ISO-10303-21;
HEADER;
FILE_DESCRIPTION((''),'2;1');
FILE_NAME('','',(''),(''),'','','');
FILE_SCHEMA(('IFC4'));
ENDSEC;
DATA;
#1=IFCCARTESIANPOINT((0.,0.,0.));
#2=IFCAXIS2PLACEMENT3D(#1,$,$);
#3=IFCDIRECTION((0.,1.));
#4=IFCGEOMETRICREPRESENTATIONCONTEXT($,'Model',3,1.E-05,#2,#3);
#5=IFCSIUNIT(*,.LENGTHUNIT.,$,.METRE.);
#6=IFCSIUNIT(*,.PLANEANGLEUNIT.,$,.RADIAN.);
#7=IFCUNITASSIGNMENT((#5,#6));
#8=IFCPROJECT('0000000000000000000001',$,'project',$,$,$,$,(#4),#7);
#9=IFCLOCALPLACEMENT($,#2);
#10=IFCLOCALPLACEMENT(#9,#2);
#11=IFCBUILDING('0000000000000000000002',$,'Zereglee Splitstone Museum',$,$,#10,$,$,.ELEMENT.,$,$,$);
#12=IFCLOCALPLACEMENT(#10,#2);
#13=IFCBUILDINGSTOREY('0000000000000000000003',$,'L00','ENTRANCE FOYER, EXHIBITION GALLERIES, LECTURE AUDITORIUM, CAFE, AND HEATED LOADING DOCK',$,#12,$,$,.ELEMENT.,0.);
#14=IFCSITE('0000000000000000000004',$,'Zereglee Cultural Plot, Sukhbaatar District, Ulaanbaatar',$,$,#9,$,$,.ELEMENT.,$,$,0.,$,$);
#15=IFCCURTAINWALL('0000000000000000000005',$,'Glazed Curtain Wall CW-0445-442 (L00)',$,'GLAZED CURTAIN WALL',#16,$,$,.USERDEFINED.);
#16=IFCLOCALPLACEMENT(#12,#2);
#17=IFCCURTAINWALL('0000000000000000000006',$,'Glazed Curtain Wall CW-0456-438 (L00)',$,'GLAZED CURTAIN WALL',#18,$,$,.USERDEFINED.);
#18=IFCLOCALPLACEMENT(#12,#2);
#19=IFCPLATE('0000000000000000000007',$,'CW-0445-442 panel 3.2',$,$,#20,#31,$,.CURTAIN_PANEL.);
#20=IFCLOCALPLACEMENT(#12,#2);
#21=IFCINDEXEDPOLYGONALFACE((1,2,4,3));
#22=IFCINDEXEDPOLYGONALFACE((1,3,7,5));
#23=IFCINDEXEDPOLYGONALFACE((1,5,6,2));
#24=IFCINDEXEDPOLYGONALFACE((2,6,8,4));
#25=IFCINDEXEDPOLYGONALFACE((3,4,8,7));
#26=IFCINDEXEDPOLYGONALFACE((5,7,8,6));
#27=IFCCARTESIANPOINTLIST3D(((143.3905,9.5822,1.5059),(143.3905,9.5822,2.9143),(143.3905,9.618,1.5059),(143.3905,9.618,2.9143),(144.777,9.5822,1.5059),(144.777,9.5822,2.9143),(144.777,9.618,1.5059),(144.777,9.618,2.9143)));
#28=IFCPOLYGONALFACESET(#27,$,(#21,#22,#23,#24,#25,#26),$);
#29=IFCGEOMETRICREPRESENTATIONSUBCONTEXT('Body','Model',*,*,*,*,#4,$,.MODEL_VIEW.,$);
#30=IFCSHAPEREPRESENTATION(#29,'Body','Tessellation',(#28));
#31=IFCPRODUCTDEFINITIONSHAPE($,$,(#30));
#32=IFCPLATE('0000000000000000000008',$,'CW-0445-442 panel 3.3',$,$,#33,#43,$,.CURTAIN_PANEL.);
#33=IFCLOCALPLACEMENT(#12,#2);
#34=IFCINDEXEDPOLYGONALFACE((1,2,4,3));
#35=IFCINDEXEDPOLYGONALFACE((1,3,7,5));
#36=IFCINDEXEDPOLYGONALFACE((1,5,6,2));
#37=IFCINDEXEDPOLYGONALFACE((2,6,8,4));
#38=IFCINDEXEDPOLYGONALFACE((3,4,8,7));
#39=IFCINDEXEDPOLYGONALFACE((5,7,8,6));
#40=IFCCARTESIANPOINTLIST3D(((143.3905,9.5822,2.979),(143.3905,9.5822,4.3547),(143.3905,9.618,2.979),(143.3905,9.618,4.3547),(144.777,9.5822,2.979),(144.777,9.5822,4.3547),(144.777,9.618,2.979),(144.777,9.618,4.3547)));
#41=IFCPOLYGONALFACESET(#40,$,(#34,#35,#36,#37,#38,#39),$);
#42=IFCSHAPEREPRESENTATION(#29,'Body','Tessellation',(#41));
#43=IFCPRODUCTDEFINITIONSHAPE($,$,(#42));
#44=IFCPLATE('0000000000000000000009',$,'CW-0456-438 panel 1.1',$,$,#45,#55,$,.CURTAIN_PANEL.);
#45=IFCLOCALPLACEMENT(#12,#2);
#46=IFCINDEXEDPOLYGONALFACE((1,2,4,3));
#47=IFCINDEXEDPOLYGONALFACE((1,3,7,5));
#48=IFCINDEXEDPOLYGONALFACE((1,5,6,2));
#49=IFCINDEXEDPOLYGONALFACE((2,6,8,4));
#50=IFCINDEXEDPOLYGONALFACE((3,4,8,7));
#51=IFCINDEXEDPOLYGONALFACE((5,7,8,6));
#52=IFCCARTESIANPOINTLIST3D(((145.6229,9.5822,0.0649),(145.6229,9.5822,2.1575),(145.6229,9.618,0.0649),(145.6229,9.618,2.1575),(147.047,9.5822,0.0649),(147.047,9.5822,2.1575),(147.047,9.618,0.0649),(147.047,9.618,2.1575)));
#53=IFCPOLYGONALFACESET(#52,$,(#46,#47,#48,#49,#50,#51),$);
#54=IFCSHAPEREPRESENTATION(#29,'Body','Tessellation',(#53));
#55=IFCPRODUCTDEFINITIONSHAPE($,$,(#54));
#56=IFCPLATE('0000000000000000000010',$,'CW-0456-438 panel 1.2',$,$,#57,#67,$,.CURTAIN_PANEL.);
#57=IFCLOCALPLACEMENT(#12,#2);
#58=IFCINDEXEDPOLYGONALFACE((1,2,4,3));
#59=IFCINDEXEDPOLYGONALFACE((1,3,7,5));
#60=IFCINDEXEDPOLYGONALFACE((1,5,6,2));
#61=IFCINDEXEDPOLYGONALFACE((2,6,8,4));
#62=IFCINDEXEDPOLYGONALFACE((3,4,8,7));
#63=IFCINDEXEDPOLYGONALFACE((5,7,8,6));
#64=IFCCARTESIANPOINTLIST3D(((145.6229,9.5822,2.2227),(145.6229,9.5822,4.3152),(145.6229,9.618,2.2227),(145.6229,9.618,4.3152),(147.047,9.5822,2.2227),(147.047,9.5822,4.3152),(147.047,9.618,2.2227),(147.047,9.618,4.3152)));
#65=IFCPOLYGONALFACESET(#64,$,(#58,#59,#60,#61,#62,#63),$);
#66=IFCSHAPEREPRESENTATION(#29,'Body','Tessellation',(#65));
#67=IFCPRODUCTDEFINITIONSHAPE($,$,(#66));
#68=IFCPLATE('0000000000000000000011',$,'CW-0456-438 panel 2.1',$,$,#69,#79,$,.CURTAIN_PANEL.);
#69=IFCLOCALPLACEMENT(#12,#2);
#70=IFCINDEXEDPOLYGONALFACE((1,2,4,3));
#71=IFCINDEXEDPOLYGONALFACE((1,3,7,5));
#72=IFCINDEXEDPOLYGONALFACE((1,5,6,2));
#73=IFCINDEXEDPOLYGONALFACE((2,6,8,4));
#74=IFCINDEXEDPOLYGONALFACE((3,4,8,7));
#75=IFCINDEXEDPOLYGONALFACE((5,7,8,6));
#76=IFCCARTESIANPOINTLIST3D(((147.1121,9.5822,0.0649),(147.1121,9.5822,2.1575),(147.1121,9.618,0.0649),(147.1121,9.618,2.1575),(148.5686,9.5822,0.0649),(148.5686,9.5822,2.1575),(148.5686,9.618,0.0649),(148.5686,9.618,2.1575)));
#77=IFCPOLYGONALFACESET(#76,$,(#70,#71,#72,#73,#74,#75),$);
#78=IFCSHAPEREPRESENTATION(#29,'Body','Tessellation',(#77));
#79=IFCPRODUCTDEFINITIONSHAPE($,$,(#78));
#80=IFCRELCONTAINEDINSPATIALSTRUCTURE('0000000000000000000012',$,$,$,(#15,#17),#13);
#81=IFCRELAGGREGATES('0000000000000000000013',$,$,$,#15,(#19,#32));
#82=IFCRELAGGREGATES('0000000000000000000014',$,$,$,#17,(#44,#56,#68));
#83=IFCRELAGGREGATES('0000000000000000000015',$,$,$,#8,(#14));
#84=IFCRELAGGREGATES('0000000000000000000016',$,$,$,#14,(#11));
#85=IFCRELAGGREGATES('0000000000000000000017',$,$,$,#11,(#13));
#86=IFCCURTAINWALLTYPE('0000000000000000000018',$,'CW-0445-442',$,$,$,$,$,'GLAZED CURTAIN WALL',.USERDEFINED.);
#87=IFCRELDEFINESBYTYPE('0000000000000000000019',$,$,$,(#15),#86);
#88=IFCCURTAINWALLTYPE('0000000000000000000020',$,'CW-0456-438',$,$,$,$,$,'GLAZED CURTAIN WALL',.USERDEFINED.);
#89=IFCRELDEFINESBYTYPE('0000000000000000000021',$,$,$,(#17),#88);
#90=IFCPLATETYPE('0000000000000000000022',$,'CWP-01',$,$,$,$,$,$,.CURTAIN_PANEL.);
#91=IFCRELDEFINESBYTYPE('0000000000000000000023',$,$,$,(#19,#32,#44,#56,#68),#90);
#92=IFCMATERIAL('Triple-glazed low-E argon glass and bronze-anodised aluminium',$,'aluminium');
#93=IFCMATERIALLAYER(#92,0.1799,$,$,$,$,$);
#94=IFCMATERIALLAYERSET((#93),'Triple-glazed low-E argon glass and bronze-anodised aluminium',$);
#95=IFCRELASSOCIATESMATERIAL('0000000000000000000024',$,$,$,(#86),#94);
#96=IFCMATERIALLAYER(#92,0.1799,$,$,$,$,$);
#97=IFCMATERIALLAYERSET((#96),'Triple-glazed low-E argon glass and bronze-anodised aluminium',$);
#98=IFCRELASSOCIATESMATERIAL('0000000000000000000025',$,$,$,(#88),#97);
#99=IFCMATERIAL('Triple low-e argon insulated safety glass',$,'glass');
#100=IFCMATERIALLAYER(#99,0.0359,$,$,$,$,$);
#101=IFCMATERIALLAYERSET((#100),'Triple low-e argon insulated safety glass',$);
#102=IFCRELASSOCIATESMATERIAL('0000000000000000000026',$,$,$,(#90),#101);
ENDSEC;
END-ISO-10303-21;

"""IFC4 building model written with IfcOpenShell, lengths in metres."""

from ifc_helpers import new_model, si_unit, direction, frame, origin, origin_2d, place, context, subcontext, project, spatial, rectangle, extrude, material, layer, layer_set, type_object, element, aggregate, save


model = new_model("IFC4")

# Units and contexts
model_context = context("Model", 3, precision=1e-05, world=origin(), true_north=direction((0.0, 1.0)))
body_context = subcontext(model_context, "Body", "Model", "MODEL_VIEW")
ifc_project = project(units=[si_unit("LENGTHUNIT", "METRE"), si_unit("PLANEANGLEUNIT", "RADIAN")], contexts=[model_context])

# Site, building, storey
site_placement = place(None, origin())
site = spatial("IfcSite", under=ifc_project, at=site_placement, Name="Zereglee Cultural Plot, Sukhbaatar District, Ulaanbaatar", CompositionType="ELEMENT", RefElevation=0.0)
building_placement = place(site_placement, origin())
building = spatial("IfcBuilding", under=site, at=building_placement, Name="Zereglee Splitstone Museum", CompositionType="ELEMENT")
storey_placement = place(building_placement, origin())
storey = spatial("IfcBuildingStorey", under=building, at=storey_placement, Name="L00", Description="ENTRANCE FOYER, EXHIBITION GALLERIES, LECTURE AUDITORIUM, CAFE, AND HEATED LOADING DOCK", CompositionType="ELEMENT", Elevation=0.0)

# Shared definitions
ifc_material_1 = material(Name="Triple-glazed low-E argon glass and bronze-anodised aluminium", Category="aluminium")

# Curtain walls
ifc_layer_1 = layer(ifc_material_1, 0.1799)
ifc_layer_set_1 = layer_set([ifc_layer_1], Name="Triple-glazed low-E argon glass and bronze-anodised aluminium")
curtain_wall_type_1 = type_object("IfcCurtainWallType", Name="CW-0445-442", ElementType="GLAZED CURTAIN WALL", PredefinedType="USERDEFINED", material=ifc_layer_set_1)
curtain_wall_1_placement = place(storey_placement, origin())
curtain_wall_1 = element("IfcCurtainWall", 1, at=curtain_wall_1_placement, inside=storey, type_object=curtain_wall_type_1, Name="Glazed Curtain Wall CW-0445-442 (L00)", ObjectType="GLAZED CURTAIN WALL", PredefinedType="USERDEFINED")
ifc_layer_2 = layer(ifc_material_1, 0.1799)
ifc_layer_set_2 = layer_set([ifc_layer_2], Name="Triple-glazed low-E argon glass and bronze-anodised aluminium")
curtain_wall_type_2 = type_object("IfcCurtainWallType", Name="CW-0456-438", ElementType="GLAZED CURTAIN WALL", PredefinedType="USERDEFINED", material=ifc_layer_set_2)
curtain_wall_2_placement = place(storey_placement, origin())
curtain_wall_2 = element("IfcCurtainWall", 2, at=curtain_wall_2_placement, inside=storey, type_object=curtain_wall_type_2, Name="Glazed Curtain Wall CW-0456-438 (L00)", ObjectType="GLAZED CURTAIN WALL", PredefinedType="USERDEFINED")

# Plates
ifc_material_2 = material(Name="Triple low-e argon insulated safety glass", Category="glass")
ifc_layer_3 = layer(ifc_material_2, 0.0359)
ifc_layer_set_3 = layer_set([ifc_layer_3], Name="Triple low-e argon insulated safety glass")
plate_type = type_object("IfcPlateType", Name="CWP-01", PredefinedType="CURTAIN_PANEL", material=ifc_layer_set_3)
plate_1_placement = place(storey_placement, frame((144.0837, 9.6001, 1.5059), z_axis=(0.0, 0.0, 1.0), x_axis=(1.0, 0.0, 0.0)))
plate_1 = element("IfcPlate", 3, at=plate_1_placement, type_object=plate_type, Name="CW-0445-442 panel 3.2", PredefinedType="CURTAIN_PANEL", context=body_context, shape_type="SweptSolid", body=[
    extrude(rectangle(XDim=1.3865, YDim=0.0359, at=origin_2d()), origin(), (0.0, 0.0, 1.0), 1.4084),
])
plate_2_placement = place(storey_placement, frame((144.0837, 9.6001, 2.979), z_axis=(0.0, 0.0, 1.0), x_axis=(1.0, 0.0, 0.0)))
plate_2 = element("IfcPlate", 4, at=plate_2_placement, type_object=plate_type, Name="CW-0445-442 panel 3.3", PredefinedType="CURTAIN_PANEL", context=body_context, shape_type="SweptSolid", body=[
    extrude(rectangle(XDim=1.3865, YDim=0.0359, at=origin_2d()), origin(), (0.0, 0.0, 1.0), 1.3757),
])
aggregate(curtain_wall_1, [plate_1, plate_2])
plate_3_placement = place(storey_placement, frame((146.335, 9.6001, 0.0649), z_axis=(0.0, 0.0, 1.0), x_axis=(1.0, 0.0, 0.0)))
plate_3 = element("IfcPlate", 5, at=plate_3_placement, type_object=plate_type, Name="CW-0456-438 panel 1.1", PredefinedType="CURTAIN_PANEL", context=body_context, shape_type="SweptSolid", body=[
    extrude(rectangle(XDim=1.4241, YDim=0.0359, at=origin_2d()), origin(), (0.0, 0.0, 1.0), 2.0925),
])
plate_4_placement = place(storey_placement, frame((146.335, 9.6001, 2.2227), z_axis=(0.0, 0.0, 1.0), x_axis=(1.0, 0.0, 0.0)))
plate_4 = element("IfcPlate", 6, at=plate_4_placement, type_object=plate_type, Name="CW-0456-438 panel 1.2", PredefinedType="CURTAIN_PANEL", context=body_context, shape_type="SweptSolid", body=[
    extrude(rectangle(XDim=1.4241, YDim=0.0359, at=origin_2d()), origin(), (0.0, 0.0, 1.0), 2.0925),
])
plate_5_placement = place(storey_placement, frame((147.8403, 9.6001, 0.0649), z_axis=(0.0, 0.0, 1.0), x_axis=(1.0, 0.0, 0.0)))
plate_5 = element("IfcPlate", 7, at=plate_5_placement, type_object=plate_type, Name="CW-0456-438 panel 2.1", PredefinedType="CURTAIN_PANEL", context=body_context, shape_type="SweptSolid", body=[
    extrude(rectangle(XDim=1.4565, YDim=0.0359, at=origin_2d()), origin(), (0.0, 0.0, 1.0), 2.0925),
])
aggregate(curtain_wall_2, [plate_3, plate_4, plate_5])

save(model, "model.ifc")
